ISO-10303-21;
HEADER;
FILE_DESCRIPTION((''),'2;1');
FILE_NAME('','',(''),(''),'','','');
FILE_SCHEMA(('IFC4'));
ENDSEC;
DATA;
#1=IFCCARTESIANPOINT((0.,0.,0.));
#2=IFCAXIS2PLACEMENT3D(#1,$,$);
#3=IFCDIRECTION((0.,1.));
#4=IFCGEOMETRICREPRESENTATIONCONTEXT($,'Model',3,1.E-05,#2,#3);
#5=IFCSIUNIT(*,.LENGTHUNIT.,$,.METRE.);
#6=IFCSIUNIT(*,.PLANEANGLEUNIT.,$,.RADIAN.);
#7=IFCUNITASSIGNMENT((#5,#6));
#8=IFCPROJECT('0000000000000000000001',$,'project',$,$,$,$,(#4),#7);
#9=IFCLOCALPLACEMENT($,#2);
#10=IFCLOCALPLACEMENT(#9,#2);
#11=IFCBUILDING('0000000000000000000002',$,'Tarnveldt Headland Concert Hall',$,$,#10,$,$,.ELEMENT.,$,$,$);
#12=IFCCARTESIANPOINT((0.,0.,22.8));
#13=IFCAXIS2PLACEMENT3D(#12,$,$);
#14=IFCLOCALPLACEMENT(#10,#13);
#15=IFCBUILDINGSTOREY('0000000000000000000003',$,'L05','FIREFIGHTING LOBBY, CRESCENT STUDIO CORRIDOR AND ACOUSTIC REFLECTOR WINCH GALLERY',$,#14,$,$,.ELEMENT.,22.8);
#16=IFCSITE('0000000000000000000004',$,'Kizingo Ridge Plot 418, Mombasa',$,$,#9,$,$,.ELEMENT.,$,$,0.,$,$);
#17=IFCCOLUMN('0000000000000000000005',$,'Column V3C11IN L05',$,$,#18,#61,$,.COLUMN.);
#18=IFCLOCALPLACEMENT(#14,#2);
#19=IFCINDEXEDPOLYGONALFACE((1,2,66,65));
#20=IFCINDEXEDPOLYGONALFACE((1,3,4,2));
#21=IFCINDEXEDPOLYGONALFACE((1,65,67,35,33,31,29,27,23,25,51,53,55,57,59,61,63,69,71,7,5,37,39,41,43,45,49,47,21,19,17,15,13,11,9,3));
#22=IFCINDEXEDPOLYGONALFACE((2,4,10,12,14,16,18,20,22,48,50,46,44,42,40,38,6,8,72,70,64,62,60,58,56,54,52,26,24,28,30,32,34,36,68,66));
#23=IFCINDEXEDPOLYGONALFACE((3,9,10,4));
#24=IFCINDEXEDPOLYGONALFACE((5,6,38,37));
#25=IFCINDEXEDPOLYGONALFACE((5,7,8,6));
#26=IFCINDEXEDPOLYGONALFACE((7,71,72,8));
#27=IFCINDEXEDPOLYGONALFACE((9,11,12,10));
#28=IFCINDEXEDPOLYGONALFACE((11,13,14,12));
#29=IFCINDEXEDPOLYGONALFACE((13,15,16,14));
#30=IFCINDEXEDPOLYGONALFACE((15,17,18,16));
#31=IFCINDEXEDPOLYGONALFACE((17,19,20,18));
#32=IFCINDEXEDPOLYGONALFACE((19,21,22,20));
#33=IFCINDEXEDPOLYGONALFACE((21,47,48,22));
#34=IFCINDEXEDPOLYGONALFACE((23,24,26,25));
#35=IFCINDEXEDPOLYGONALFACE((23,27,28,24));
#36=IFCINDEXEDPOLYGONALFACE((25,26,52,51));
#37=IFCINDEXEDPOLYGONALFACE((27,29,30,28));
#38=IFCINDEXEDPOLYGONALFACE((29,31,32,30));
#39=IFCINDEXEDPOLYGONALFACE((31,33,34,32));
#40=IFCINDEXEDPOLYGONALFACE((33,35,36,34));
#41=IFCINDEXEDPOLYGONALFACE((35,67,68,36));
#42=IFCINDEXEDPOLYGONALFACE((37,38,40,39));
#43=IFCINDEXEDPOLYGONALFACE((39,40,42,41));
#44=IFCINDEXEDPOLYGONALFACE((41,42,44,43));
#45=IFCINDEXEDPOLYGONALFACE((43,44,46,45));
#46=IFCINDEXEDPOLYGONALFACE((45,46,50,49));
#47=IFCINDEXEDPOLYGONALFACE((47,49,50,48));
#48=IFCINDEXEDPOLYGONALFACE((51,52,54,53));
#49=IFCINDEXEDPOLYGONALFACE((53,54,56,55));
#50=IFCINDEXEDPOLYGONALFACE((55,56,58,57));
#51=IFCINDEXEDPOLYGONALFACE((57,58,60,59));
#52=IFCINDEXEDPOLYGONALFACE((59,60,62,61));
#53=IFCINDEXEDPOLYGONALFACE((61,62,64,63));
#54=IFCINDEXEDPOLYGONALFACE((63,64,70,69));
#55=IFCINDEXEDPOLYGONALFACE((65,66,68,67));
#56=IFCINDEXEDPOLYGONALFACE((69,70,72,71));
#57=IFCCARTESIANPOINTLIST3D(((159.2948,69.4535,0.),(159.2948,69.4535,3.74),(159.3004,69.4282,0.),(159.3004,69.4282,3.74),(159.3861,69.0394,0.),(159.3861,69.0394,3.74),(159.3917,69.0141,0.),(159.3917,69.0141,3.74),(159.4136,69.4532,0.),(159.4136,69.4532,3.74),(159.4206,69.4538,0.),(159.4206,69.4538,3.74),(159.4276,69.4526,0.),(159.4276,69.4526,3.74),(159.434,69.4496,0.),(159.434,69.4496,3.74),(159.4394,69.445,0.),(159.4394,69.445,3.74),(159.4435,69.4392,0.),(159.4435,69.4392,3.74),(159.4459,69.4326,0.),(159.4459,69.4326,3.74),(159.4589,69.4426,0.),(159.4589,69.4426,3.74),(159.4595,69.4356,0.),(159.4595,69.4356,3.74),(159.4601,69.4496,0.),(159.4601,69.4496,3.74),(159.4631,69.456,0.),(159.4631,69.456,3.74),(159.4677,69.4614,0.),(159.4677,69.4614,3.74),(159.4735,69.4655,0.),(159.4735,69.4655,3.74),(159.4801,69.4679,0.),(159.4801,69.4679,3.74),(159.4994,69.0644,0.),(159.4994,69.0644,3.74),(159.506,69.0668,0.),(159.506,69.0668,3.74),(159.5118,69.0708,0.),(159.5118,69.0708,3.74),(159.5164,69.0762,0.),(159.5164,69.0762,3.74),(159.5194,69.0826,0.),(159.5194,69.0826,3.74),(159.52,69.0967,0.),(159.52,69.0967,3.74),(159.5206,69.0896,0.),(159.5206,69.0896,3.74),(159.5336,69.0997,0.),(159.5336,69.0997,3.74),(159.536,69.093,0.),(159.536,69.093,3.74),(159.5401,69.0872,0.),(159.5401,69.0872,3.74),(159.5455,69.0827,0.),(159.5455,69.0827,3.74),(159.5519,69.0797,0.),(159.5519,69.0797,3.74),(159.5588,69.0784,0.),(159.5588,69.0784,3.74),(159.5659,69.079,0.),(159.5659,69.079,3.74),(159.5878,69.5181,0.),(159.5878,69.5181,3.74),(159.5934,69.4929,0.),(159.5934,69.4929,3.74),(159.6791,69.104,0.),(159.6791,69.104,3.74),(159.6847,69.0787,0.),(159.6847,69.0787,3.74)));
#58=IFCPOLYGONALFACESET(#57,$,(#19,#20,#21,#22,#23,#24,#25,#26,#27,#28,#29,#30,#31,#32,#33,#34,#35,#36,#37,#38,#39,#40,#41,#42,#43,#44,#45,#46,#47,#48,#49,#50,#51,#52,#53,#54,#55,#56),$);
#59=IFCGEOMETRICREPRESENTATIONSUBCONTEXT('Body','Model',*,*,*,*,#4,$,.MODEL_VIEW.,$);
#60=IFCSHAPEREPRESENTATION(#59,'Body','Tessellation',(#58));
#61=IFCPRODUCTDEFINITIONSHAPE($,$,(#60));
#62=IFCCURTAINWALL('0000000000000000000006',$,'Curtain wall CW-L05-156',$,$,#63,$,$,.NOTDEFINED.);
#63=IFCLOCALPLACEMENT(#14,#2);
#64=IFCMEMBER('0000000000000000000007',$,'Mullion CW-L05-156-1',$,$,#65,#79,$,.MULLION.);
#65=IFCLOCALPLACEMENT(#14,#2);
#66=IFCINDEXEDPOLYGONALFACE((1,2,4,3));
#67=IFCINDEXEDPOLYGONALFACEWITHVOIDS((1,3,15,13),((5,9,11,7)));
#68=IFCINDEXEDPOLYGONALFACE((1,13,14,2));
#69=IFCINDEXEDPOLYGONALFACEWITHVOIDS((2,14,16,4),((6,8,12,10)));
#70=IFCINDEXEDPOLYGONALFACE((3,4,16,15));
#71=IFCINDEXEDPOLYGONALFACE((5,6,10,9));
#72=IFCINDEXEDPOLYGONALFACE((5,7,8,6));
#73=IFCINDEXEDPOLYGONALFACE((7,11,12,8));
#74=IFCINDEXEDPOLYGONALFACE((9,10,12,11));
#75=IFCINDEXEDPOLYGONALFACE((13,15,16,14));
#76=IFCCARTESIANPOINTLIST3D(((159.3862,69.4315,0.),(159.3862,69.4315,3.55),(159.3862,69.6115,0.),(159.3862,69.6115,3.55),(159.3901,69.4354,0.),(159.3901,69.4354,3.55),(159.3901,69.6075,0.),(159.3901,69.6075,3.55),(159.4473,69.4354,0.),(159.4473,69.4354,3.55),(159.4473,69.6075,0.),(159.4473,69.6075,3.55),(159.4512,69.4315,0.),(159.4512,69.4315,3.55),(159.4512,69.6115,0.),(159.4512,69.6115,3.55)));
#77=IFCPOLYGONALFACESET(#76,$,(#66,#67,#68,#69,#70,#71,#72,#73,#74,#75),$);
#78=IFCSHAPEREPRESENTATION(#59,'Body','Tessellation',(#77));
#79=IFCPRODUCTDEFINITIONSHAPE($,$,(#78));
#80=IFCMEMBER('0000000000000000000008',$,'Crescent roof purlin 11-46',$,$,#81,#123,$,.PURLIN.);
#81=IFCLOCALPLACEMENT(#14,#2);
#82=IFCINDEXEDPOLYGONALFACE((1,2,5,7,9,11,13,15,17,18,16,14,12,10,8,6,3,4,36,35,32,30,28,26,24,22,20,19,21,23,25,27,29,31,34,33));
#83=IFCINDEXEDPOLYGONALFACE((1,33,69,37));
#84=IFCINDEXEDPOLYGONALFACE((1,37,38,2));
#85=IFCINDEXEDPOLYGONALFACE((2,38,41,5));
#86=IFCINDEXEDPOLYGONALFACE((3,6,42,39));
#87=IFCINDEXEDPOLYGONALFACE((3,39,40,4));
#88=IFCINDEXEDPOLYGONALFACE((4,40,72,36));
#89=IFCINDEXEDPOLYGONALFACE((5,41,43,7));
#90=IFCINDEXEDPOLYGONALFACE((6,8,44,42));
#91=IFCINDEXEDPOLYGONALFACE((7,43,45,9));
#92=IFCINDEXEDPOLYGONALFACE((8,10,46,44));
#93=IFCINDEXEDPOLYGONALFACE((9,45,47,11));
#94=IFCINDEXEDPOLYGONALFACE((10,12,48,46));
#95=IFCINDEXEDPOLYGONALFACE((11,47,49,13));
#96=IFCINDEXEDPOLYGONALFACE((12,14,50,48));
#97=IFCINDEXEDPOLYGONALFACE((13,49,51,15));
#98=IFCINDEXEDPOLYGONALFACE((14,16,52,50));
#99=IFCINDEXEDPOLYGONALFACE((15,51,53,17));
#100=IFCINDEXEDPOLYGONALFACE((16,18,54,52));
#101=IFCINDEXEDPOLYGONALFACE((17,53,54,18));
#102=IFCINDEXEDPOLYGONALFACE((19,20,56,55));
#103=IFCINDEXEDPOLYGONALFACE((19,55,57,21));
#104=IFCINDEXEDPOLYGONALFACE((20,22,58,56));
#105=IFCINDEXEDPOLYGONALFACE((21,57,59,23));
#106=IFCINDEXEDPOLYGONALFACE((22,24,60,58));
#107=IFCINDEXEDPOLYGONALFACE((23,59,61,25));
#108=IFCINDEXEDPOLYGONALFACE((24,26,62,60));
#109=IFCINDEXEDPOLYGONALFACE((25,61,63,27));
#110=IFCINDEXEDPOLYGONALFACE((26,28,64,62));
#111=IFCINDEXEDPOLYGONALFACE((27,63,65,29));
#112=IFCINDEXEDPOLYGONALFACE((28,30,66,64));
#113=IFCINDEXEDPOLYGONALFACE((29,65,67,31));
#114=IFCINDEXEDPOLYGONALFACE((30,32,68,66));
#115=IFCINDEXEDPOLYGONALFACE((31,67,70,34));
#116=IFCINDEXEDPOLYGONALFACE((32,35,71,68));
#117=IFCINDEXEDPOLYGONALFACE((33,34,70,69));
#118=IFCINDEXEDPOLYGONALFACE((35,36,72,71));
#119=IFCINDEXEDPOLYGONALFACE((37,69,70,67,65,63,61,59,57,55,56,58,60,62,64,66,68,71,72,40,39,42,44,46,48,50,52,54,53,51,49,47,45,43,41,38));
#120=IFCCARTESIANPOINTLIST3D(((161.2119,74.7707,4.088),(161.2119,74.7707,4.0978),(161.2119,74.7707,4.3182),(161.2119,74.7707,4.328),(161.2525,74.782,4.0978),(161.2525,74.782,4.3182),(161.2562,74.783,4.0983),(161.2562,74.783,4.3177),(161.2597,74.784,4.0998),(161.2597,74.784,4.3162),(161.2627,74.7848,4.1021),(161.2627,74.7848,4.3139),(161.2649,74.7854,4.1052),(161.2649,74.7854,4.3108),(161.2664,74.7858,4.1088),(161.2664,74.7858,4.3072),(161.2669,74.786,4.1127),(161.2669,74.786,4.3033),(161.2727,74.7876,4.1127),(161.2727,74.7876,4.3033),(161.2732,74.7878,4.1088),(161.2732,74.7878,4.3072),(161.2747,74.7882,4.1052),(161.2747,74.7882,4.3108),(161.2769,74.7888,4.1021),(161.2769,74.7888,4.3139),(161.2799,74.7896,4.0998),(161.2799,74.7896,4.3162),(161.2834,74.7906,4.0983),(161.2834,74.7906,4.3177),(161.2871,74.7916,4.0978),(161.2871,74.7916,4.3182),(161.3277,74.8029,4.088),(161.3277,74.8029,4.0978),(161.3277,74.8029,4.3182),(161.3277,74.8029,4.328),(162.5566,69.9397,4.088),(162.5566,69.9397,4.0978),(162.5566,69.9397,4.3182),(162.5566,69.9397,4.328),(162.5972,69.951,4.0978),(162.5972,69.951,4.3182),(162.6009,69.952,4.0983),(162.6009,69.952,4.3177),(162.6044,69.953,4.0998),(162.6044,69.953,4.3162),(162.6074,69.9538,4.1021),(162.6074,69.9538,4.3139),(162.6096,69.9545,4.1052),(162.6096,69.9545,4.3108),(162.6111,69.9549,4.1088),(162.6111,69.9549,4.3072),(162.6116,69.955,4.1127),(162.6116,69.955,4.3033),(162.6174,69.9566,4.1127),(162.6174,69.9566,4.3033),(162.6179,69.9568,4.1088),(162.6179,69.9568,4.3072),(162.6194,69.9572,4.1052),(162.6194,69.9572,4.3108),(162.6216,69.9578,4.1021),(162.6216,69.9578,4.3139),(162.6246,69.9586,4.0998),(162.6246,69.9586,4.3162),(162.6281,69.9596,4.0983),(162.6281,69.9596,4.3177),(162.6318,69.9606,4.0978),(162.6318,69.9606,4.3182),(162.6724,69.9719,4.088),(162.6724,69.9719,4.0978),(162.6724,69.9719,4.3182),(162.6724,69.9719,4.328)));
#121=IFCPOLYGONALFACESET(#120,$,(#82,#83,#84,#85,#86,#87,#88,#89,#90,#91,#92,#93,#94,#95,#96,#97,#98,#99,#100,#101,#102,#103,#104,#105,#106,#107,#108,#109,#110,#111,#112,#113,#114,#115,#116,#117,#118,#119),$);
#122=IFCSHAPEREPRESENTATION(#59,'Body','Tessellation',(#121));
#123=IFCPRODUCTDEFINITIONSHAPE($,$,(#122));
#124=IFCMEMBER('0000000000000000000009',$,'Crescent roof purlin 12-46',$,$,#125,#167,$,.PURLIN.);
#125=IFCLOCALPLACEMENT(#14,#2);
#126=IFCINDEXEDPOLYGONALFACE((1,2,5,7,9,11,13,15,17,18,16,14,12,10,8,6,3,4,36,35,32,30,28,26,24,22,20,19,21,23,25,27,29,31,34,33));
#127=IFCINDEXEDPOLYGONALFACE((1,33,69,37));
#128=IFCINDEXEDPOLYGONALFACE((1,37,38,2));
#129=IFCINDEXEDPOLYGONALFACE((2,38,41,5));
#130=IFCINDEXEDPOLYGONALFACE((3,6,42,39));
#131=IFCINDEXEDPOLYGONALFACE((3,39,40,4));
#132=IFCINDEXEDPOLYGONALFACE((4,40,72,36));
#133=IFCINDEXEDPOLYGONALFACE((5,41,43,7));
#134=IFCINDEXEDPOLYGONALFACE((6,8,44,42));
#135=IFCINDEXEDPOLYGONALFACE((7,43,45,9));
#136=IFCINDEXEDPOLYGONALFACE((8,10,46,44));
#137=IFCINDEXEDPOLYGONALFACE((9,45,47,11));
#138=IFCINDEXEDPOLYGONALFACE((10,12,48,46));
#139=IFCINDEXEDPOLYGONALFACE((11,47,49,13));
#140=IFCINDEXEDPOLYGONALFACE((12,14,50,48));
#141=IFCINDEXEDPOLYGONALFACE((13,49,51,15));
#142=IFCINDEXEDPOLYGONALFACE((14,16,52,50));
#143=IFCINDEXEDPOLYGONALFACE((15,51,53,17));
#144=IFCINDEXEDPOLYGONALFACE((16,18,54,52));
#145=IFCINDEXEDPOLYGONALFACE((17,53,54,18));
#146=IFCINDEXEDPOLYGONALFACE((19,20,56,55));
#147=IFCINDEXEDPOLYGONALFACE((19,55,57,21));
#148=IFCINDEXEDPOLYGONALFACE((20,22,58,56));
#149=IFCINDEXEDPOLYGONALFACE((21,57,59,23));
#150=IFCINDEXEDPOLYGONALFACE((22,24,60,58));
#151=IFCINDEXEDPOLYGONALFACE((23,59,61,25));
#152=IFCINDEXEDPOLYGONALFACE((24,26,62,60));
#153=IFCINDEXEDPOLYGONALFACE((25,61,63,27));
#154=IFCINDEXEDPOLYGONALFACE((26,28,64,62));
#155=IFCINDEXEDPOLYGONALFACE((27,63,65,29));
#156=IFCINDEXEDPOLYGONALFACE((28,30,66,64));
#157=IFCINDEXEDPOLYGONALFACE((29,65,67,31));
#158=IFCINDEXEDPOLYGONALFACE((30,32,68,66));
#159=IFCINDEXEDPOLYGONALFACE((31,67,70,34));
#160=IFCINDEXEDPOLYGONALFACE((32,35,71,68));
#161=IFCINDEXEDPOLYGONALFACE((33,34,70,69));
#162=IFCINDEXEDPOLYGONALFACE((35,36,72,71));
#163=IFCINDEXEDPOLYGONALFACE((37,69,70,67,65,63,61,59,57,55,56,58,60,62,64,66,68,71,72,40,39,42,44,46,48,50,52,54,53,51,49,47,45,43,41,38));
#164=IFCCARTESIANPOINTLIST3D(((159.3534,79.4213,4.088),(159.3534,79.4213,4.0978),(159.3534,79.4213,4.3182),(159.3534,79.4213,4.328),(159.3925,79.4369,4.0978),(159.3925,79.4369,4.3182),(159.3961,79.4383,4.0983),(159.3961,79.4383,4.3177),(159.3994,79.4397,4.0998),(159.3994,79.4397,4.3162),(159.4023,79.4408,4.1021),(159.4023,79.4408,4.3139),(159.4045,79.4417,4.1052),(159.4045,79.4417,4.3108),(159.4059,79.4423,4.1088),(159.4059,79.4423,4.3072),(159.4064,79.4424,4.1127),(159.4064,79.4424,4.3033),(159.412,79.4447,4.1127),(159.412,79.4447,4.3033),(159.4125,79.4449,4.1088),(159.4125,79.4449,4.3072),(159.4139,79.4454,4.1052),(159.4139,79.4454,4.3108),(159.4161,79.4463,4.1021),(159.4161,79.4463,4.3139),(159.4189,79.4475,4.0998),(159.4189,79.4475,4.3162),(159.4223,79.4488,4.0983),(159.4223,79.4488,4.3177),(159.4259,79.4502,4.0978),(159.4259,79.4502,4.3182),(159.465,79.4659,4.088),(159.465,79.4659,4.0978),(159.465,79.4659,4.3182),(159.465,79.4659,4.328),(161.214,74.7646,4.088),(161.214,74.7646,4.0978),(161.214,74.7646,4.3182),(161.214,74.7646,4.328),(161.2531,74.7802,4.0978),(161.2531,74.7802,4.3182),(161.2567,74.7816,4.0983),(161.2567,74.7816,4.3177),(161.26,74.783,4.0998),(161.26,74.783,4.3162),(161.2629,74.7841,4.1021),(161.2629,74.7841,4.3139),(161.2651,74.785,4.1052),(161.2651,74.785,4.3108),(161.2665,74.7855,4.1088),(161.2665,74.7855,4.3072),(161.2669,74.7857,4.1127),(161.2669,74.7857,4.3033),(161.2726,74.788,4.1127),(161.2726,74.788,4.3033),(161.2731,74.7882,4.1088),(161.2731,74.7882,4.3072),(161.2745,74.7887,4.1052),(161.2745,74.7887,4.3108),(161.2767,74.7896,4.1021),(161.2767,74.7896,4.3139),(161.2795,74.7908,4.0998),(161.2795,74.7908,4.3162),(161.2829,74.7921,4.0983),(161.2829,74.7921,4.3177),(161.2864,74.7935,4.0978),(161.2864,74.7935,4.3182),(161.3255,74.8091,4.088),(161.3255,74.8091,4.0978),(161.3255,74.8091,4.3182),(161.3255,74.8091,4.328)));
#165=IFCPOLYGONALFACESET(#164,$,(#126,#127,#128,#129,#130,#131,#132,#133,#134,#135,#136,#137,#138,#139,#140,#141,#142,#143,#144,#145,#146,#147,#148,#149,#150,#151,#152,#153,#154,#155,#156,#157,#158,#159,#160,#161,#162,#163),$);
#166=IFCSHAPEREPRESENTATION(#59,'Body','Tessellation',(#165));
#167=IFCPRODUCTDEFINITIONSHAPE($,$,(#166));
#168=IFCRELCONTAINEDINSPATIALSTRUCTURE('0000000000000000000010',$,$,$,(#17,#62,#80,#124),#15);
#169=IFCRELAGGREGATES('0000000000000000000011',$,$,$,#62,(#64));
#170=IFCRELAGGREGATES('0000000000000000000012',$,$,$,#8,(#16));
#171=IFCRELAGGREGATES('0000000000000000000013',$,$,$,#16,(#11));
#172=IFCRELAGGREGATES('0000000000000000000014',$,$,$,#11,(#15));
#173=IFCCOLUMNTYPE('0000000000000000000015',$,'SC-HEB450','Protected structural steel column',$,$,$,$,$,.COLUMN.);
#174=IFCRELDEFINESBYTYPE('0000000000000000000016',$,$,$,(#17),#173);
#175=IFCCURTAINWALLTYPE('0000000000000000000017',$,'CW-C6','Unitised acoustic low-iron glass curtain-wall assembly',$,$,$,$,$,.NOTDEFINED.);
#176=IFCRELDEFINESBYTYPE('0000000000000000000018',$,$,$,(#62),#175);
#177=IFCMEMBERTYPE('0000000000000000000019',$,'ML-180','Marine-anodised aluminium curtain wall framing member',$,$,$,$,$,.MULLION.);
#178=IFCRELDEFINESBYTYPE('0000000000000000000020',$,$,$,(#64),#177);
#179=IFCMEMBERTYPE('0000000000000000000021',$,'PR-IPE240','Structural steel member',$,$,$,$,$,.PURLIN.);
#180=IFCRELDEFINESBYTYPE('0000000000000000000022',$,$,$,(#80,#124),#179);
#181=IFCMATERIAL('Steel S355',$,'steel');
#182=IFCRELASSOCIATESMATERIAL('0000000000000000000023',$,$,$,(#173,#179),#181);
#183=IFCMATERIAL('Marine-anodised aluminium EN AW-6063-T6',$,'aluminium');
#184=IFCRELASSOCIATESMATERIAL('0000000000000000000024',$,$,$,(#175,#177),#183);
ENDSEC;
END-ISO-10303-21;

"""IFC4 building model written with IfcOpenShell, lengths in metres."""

from ifc_helpers import new_model, si_unit, direction, frame, origin, origin_2d, place, context, subcontext, project, spatial, hollow_rectangle, i_section, extrude, material, material_profile, profile_set, type_object, element, aggregate, save


model = new_model("IFC4")

# Units and contexts
model_context = context("Model", 3, precision=1e-05, world=origin(), true_north=direction((0.0, 1.0)))
body_context = subcontext(model_context, "Body", "Model", "MODEL_VIEW")
ifc_project = project(units=[si_unit("LENGTHUNIT", "METRE"), si_unit("PLANEANGLEUNIT", "RADIAN")], contexts=[model_context])

# Site, building, storey
site_placement = place(None, origin())
site = spatial("IfcSite", under=ifc_project, at=site_placement, Name="Kizingo Ridge Plot 418, Mombasa", CompositionType="ELEMENT", RefElevation=0.0)
building_placement = place(site_placement, origin())
building = spatial("IfcBuilding", under=site, at=building_placement, Name="Tarnveldt Headland Concert Hall", CompositionType="ELEMENT")
storey_placement = place(building_placement, frame((0.0, 0.0, 22.8)))
storey = spatial("IfcBuildingStorey", under=building, at=storey_placement, Name="L05", Description="FIREFIGHTING LOBBY, CRESCENT STUDIO CORRIDOR AND ACOUSTIC REFLECTOR WINCH GALLERY", CompositionType="ELEMENT", Elevation=22.8)

# Column
ifc_material_1 = material(Name="Steel S355", Category="steel")
ifc_material_profile_1 = material_profile(ifc_material_1, i_section(OverallWidth=0.3, OverallDepth=0.45, WebThickness=0.0139, FlangeThickness=0.0259, FilletRadius=0.0271, at=origin_2d()), Name="HEB450", Category="steel")
ifc_profile_set_1 = profile_set([ifc_material_profile_1], Name="Steel S355")
column_type = type_object("IfcColumnType", Name="SC-HEB450", Description="Protected structural steel column", PredefinedType="COLUMN", material=ifc_profile_set_1)
column_placement = place(storey_placement, frame((159.4897, 69.2661, 0.0), z_axis=(0.0, 0.0, 1.0), x_axis=(0.976522, 0.215417, 0.0)))
element("IfcColumn", 1, at=column_placement, inside=storey, type_object=column_type, Name="Column V3C11IN L05", PredefinedType="COLUMN", context=body_context, shape_type="SweptSolid", body=[
    extrude(i_section(OverallWidth=0.3, OverallDepth=0.45, WebThickness=0.0139, FlangeThickness=0.0259, FilletRadius=0.0271, at=origin_2d()), origin(), (0.0, 0.0, 1.0), 3.74),
])

# Curtain wall, member
ifc_material_2 = material(Name="Marine-anodised aluminium EN AW-6063-T6", Category="aluminium")
curtain_wall_type = type_object("IfcCurtainWallType", Name="CW-C6", Description="Unitised acoustic low-iron glass curtain-wall assembly", PredefinedType="NOTDEFINED", material=ifc_material_2)
curtain_wall_placement = place(storey_placement, origin())
curtain_wall = element("IfcCurtainWall", 2, at=curtain_wall_placement, inside=storey, type_object=curtain_wall_type, Name="Curtain wall CW-L05-156", PredefinedType="NOTDEFINED")
ifc_material_profile_2 = material_profile(ifc_material_2, hollow_rectangle(XDim=0.0649, YDim=0.1799, WallThickness=0.0039, at=origin_2d()), Name="ALU MULLION 65x180x4", Category="aluminium")
ifc_profile_set_2 = profile_set([ifc_material_profile_2], Name="Marine-anodised aluminium EN AW-6063-T6")
member_type_1 = type_object("IfcMemberType", Name="ML-180", Description="Marine-anodised aluminium curtain wall framing member", PredefinedType="MULLION", material=ifc_profile_set_2)
member_1_placement = place(storey_placement, frame((159.4187, 69.5215, 0.0), z_axis=(0.0, 0.0, 1.0), x_axis=(1.0, 0.0, 0.0)))
member_1 = element("IfcMember", 3, at=member_1_placement, type_object=member_type_1, Name="Mullion CW-L05-156-1", PredefinedType="MULLION", context=body_context, shape_type="SweptSolid", body=[
    extrude(hollow_rectangle(XDim=0.0649, YDim=0.1799, WallThickness=0.0039, at=origin_2d()), origin(), (0.0, 0.0, 1.0), 3.55),
])

# Members
ifc_material_profile_3 = material_profile(ifc_material_1, i_section(OverallWidth=0.1201, OverallDepth=0.24, WebThickness=0.0061, FlangeThickness=0.0098, FilletRadius=0.0149, at=origin_2d()), Name="IPE240", Category="steel")
ifc_profile_set_3 = profile_set([ifc_material_profile_3], Name="Steel S355")
member_type_2 = type_object("IfcMemberType", Name="PR-IPE240", Description="Structural steel member", PredefinedType="PURLIN", material=ifc_profile_set_3)
for number, where, z_axis, x_axis, name in (
    (4, (162.6145, 69.9558, 4.208), (-0.268156, 0.963375, 0.0), (-0.963375, -0.268156, 0.0), "Crescent roof purlin 11-46"),
    (5, (161.2698, 74.7869, 4.208), (-0.37103, 0.928621, 0.0), (-0.928621, -0.37103, 0.0), "Crescent roof purlin 12-46"),
):
    element("IfcMember", number, at=place(storey_placement, frame(where, z_axis=z_axis, x_axis=x_axis)), inside=storey, type_object=member_type_2, Name=name, PredefinedType="PURLIN", context=body_context, shape_type="SweptSolid", body=[
        extrude(i_section(OverallWidth=0.1201, OverallDepth=0.24, WebThickness=0.0061, FlangeThickness=0.0098, FilletRadius=0.0149, at=origin_2d()), origin(), (0.0, 0.0, 1.0), 5.0146),
    ])

aggregate(curtain_wall, [member_1])

save(model, "model.ifc")
